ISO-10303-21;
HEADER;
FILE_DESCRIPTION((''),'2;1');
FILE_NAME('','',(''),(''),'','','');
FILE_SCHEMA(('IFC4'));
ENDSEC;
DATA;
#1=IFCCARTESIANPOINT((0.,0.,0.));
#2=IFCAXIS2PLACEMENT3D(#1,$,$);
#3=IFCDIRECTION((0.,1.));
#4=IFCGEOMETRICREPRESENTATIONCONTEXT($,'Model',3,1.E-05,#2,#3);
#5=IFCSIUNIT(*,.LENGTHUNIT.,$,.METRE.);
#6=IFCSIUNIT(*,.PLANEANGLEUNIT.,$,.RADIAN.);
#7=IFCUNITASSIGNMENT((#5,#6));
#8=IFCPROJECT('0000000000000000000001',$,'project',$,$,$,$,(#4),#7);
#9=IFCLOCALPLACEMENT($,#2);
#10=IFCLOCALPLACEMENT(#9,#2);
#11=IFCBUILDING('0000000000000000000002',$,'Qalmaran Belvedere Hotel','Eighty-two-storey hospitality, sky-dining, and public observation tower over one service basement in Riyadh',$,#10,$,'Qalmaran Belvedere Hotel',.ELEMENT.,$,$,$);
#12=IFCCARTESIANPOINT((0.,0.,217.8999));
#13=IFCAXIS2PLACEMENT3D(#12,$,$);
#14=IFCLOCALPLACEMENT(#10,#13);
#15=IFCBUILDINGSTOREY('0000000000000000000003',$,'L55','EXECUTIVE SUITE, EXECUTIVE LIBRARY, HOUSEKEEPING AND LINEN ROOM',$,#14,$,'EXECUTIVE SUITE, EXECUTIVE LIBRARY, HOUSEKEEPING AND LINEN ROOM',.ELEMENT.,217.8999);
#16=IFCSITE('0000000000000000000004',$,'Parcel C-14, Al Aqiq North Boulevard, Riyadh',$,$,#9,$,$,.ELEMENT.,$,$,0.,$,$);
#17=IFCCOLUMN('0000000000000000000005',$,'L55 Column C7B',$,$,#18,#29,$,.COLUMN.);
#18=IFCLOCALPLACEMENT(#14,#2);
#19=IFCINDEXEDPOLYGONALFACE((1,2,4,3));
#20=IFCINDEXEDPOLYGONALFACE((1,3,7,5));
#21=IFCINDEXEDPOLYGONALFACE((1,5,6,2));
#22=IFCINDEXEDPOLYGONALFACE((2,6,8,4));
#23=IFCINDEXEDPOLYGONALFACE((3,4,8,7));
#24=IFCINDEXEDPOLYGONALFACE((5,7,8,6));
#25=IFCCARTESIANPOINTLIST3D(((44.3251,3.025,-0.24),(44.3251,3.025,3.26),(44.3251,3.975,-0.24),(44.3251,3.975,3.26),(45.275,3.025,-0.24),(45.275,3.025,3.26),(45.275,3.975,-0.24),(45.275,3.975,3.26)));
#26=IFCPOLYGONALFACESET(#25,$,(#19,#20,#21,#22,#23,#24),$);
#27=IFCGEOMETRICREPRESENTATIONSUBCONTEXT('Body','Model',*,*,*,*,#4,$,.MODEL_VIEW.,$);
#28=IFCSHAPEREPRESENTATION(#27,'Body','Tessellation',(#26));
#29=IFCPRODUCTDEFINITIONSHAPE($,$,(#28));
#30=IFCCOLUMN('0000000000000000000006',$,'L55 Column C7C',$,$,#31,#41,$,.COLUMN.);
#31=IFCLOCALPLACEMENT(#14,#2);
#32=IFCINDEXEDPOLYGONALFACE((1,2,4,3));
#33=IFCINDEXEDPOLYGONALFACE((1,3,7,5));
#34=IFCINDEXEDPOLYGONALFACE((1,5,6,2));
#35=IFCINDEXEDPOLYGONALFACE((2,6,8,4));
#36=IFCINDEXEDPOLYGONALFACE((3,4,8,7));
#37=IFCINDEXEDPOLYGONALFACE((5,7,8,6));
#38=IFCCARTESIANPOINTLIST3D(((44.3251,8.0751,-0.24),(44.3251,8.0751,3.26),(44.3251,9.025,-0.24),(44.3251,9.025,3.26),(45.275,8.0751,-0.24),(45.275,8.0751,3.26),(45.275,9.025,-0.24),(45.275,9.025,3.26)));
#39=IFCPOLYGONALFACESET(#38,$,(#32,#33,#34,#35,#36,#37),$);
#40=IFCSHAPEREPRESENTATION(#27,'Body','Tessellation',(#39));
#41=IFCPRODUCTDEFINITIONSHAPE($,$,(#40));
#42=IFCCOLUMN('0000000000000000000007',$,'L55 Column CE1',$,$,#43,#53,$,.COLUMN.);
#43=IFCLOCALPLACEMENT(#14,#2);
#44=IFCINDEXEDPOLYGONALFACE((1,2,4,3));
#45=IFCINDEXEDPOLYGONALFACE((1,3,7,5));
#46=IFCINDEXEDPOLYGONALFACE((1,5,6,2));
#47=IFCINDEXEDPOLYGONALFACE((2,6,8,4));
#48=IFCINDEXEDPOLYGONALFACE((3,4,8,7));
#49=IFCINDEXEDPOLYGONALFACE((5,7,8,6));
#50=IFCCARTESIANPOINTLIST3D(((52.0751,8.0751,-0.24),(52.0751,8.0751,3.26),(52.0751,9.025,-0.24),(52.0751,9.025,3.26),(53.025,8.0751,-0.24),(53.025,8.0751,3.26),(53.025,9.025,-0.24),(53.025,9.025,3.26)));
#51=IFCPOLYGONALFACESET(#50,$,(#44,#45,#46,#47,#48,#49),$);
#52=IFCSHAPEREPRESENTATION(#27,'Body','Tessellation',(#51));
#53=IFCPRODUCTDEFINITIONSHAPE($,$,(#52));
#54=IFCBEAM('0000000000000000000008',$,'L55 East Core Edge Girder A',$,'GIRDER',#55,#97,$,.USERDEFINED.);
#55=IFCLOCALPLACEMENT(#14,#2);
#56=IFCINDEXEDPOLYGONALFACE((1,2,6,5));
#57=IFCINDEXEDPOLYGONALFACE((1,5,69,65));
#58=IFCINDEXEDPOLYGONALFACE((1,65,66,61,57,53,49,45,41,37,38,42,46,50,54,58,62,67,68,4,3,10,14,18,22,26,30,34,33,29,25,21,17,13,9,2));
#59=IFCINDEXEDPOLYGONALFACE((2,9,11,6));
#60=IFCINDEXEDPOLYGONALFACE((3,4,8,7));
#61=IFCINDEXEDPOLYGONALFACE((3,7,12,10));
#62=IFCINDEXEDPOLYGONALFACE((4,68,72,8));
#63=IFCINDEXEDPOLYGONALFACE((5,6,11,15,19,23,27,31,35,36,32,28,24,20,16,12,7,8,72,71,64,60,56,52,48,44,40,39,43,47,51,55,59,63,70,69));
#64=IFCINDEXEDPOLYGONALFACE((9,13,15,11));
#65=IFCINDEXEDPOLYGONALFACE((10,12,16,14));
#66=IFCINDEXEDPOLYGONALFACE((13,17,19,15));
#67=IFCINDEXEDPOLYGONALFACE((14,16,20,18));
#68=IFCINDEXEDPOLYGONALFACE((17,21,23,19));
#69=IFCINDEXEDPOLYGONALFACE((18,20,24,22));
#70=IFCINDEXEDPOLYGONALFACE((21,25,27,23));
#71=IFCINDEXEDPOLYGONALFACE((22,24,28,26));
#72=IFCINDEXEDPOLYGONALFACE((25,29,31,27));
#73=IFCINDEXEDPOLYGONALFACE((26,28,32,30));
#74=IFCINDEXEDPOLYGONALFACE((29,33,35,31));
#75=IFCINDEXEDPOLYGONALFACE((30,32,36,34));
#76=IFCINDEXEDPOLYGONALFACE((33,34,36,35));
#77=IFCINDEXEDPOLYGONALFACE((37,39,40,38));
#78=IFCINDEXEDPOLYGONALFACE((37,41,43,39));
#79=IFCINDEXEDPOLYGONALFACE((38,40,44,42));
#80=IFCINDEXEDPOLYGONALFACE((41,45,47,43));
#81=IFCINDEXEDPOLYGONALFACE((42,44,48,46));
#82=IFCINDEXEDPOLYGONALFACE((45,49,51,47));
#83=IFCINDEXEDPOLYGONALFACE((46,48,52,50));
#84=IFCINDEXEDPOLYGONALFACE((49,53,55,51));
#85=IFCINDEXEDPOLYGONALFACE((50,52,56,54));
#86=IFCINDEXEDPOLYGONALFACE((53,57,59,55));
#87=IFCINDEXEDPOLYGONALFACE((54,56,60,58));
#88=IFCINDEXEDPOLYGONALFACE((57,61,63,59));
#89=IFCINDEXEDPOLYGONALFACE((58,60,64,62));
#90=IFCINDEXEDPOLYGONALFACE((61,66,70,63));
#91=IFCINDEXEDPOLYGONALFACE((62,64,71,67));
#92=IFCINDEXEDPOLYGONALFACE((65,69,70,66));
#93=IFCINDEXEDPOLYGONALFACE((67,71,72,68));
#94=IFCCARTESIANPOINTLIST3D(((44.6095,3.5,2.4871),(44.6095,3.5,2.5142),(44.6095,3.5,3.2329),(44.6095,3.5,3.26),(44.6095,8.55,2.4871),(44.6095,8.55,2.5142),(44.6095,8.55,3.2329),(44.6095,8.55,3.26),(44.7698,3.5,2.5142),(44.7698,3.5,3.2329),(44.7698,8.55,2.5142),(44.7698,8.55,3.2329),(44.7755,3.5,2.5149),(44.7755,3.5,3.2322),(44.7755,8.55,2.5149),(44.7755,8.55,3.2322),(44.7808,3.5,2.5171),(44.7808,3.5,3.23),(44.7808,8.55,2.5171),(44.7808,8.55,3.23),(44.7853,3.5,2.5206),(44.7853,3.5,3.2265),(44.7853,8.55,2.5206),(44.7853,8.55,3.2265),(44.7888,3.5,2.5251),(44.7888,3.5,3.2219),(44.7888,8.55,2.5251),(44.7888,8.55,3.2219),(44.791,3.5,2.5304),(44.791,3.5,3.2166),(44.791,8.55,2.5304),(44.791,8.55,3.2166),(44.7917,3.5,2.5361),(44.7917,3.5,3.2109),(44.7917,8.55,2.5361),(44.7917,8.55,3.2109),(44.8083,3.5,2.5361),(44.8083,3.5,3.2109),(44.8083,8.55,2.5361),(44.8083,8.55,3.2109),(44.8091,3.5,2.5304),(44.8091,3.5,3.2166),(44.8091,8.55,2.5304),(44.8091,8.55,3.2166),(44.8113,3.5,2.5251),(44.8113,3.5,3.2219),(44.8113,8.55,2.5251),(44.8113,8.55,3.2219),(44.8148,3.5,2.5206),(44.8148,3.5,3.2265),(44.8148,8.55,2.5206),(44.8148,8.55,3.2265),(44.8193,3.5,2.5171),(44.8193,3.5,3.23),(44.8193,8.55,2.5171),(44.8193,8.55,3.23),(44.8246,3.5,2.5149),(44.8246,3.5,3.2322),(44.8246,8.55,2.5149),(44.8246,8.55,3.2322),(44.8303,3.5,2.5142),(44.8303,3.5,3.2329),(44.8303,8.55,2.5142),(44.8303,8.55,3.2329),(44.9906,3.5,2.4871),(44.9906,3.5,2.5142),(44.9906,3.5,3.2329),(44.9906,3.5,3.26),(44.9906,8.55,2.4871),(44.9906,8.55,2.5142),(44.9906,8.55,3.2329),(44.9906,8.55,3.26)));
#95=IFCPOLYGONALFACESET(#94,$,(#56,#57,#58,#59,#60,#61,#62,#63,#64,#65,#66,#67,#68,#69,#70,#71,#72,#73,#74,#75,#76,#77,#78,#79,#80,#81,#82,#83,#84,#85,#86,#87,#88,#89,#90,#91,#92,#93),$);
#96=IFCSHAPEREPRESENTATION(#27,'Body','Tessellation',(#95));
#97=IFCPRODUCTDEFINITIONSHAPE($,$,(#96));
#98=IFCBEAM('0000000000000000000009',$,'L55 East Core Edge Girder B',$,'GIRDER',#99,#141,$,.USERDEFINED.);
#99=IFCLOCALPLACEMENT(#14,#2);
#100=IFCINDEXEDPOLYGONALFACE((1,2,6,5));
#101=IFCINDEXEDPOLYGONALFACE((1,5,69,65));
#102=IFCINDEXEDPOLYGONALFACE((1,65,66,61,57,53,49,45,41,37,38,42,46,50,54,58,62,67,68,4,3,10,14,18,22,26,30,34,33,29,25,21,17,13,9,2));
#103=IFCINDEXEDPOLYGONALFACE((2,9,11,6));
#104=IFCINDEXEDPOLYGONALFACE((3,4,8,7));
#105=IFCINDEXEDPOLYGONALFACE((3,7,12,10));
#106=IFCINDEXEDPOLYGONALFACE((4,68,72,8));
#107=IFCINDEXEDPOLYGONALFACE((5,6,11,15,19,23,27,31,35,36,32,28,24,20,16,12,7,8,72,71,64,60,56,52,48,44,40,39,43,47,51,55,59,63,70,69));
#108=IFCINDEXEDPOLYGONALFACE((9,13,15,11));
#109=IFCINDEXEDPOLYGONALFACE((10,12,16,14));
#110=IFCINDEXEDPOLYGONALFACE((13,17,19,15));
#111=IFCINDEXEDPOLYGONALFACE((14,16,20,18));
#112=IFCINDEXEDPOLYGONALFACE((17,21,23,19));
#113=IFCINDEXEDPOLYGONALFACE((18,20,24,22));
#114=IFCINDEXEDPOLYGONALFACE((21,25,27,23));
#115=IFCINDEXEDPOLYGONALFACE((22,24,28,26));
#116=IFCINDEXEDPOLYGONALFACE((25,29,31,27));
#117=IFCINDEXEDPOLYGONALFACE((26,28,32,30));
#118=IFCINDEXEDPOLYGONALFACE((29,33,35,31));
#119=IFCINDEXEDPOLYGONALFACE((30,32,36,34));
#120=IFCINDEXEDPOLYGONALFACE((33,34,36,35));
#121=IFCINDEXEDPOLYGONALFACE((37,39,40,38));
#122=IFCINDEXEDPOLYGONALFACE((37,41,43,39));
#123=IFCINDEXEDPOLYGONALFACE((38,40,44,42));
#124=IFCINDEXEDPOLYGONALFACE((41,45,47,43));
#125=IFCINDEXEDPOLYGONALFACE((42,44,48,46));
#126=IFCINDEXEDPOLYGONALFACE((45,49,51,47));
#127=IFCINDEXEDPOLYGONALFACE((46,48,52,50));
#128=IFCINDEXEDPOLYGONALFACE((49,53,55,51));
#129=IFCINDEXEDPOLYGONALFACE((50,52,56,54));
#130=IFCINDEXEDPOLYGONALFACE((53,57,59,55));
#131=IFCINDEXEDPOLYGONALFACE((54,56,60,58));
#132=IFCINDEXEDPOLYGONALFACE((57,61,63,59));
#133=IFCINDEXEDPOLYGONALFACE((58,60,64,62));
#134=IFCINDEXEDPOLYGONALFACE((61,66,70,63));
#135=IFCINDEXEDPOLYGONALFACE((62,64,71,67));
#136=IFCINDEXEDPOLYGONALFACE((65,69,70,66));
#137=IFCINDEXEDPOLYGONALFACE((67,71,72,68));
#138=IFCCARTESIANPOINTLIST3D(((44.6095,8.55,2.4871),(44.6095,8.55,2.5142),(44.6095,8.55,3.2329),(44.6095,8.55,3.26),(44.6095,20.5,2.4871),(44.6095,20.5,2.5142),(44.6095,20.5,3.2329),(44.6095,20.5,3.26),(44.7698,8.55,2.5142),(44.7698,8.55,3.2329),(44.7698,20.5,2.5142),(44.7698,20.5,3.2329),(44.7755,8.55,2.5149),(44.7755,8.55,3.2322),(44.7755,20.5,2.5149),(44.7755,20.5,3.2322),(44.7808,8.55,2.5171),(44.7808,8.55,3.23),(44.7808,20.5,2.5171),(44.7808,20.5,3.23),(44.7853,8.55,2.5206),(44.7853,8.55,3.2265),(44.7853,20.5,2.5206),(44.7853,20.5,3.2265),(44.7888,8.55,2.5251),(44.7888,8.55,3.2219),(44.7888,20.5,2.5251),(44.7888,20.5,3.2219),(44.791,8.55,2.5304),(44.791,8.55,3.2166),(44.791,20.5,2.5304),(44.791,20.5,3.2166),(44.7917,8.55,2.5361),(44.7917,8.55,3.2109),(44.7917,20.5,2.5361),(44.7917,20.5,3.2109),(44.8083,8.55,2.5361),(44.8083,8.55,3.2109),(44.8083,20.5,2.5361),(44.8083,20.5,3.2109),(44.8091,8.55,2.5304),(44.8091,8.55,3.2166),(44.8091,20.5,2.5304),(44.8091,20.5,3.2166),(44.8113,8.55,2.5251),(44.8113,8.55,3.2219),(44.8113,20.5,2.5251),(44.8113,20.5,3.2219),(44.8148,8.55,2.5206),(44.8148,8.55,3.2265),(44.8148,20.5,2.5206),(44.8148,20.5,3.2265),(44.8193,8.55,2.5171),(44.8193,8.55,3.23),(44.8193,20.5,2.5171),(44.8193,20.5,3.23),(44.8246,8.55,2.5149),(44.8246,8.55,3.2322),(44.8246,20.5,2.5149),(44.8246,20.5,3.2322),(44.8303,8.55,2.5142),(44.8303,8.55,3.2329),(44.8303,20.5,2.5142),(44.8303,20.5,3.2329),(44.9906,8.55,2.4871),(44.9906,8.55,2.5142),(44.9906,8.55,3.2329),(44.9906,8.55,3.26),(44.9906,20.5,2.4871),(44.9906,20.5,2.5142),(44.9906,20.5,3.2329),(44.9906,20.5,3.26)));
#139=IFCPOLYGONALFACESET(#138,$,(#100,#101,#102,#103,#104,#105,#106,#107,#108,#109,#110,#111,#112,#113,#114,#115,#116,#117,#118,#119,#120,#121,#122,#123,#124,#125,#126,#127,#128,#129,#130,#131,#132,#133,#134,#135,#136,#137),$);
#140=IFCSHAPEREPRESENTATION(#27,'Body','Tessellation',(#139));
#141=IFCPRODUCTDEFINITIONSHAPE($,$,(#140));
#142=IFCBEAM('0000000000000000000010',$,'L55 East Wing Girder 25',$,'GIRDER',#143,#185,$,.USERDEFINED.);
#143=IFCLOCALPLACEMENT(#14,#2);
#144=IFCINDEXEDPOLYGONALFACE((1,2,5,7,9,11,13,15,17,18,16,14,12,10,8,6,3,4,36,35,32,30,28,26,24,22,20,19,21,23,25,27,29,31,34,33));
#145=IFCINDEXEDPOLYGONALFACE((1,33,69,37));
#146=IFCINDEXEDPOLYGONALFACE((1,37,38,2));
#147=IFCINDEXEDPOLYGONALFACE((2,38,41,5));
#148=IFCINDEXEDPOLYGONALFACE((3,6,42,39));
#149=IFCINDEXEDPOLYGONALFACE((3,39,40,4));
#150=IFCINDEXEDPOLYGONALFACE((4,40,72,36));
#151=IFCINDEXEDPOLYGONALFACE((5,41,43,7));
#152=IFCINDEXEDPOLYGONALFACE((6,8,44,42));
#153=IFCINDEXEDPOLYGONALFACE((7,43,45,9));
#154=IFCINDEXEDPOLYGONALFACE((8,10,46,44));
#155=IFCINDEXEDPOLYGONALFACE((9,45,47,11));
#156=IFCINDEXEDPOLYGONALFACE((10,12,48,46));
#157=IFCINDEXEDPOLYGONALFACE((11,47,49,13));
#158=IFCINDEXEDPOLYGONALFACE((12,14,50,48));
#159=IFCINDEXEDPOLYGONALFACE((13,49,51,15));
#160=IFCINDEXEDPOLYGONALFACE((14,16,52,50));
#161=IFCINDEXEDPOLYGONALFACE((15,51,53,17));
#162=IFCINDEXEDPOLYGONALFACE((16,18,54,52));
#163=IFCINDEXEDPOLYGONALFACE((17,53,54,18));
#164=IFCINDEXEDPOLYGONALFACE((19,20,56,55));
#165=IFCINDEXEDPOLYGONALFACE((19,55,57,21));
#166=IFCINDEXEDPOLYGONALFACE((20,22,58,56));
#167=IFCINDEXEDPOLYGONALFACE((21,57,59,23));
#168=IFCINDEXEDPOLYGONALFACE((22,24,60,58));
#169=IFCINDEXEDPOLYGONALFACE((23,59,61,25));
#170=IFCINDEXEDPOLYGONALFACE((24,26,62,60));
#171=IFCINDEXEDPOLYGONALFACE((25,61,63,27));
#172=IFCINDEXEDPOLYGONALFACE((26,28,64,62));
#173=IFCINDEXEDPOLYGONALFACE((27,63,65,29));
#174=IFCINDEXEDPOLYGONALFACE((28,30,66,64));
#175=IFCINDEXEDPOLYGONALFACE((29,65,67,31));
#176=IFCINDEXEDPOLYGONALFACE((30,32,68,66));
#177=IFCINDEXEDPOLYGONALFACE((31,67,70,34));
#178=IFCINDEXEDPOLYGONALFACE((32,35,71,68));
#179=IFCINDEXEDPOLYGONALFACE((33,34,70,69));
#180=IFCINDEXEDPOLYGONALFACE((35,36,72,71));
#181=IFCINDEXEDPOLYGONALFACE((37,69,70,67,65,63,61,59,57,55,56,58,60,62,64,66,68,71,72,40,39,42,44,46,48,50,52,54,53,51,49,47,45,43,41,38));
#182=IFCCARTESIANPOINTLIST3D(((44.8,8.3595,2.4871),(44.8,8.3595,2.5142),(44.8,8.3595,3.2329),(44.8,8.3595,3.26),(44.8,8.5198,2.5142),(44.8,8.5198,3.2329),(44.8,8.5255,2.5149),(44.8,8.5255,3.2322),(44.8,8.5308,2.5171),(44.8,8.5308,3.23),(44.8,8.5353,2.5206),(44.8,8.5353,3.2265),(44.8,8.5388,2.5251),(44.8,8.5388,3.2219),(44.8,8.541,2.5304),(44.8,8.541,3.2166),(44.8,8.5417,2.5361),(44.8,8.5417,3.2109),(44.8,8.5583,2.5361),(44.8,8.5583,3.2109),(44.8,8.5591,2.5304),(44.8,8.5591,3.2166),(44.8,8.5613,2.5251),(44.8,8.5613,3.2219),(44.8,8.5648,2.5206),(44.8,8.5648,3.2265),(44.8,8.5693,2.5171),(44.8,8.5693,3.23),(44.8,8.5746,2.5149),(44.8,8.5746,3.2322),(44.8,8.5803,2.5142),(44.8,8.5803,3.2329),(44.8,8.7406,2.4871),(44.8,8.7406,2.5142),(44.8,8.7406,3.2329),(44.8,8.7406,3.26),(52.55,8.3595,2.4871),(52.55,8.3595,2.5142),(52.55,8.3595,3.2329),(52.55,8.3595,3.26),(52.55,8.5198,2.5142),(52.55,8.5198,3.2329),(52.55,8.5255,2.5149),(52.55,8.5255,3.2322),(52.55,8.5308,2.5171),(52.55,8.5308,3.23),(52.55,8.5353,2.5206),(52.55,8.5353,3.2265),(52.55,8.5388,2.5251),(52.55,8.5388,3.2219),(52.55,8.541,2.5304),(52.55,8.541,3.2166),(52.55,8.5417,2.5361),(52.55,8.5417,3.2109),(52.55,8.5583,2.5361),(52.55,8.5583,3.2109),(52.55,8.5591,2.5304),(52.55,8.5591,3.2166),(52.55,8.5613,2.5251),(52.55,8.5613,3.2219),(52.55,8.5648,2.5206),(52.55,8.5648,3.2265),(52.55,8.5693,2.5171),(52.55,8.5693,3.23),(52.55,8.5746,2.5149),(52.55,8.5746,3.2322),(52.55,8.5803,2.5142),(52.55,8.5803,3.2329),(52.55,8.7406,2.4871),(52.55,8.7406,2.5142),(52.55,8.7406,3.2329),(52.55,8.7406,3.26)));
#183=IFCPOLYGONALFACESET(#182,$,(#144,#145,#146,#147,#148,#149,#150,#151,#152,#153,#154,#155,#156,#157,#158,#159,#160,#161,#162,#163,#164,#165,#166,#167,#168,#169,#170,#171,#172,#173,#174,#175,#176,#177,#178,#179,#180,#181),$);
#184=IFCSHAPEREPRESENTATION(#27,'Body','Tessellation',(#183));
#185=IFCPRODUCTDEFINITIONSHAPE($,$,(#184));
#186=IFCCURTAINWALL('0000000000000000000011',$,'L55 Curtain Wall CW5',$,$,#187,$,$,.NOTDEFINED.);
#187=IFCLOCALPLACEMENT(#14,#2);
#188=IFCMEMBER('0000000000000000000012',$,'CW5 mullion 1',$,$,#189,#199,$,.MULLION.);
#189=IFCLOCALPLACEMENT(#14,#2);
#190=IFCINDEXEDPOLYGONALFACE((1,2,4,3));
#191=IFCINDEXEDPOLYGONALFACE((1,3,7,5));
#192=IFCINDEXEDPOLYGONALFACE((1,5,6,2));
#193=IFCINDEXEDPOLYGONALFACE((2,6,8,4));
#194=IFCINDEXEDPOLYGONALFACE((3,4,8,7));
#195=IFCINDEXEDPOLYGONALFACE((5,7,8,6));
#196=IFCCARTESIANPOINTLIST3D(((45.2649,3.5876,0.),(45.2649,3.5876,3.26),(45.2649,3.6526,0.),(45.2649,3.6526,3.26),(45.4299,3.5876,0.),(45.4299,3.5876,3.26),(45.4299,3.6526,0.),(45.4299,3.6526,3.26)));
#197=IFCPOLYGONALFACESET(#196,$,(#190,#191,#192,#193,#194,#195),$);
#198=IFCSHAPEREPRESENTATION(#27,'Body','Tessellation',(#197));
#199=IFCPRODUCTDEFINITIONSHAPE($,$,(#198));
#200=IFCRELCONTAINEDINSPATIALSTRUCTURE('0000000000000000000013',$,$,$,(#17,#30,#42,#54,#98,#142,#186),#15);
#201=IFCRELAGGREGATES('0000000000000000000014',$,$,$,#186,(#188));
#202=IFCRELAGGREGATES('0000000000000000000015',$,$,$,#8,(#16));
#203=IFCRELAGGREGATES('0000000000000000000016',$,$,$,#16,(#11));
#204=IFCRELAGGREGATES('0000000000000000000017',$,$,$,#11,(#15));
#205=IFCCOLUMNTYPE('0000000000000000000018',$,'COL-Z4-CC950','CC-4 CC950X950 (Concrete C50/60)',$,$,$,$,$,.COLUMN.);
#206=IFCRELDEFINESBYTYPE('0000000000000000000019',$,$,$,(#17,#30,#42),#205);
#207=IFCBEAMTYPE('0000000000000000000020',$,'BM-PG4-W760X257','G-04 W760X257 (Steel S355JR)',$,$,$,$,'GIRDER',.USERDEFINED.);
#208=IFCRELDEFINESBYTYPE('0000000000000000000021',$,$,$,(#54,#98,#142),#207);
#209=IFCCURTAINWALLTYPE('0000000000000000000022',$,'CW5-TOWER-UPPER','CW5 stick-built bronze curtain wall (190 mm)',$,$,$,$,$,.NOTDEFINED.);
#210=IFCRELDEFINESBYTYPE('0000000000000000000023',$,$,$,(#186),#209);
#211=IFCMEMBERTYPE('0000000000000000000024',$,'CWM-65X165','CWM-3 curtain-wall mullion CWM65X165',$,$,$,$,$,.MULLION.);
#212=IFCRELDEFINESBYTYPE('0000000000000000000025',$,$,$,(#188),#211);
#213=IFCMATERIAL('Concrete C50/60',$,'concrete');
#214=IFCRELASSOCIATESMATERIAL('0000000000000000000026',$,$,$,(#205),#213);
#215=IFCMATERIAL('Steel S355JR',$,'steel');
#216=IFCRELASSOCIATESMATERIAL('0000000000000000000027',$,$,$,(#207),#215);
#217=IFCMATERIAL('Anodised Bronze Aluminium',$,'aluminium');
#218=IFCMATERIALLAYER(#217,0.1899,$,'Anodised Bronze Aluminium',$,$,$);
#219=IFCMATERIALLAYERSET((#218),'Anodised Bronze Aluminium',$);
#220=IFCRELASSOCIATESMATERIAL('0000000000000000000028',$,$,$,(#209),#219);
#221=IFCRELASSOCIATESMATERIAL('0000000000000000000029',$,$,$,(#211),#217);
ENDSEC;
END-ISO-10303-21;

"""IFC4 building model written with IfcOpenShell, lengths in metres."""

from ifc_helpers import new_model, si_unit, direction, frame, origin, origin_2d, place, context, subcontext, project, spatial, rectangle, i_section, extrude, material, layer, layer_set, material_profile, profile_set, type_object, element, aggregate, save


model = new_model("IFC4")

# Units and contexts
model_context = context("Model", 3, precision=1e-05, world=origin(), true_north=direction((0.0, 1.0)))
body_context = subcontext(model_context, "Body", "Model", "MODEL_VIEW")
ifc_project = project(units=[si_unit("LENGTHUNIT", "METRE"), si_unit("PLANEANGLEUNIT", "RADIAN")], contexts=[model_context])

# Site, building, storey
site_placement = place(None, origin())
site = spatial("IfcSite", under=ifc_project, at=site_placement, Name="Parcel C-14, Al Aqiq North Boulevard, Riyadh", CompositionType="ELEMENT", RefElevation=0.0)
building_placement = place(site_placement, origin())
building = spatial("IfcBuilding", under=site, at=building_placement, Name="Qalmaran Belvedere Hotel", Description="Eighty-two-storey hospitality, sky-dining, and public observation tower over one service basement in Riyadh", LongName="Qalmaran Belvedere Hotel", CompositionType="ELEMENT")
storey_placement = place(building_placement, frame((0.0, 0.0, 217.8999)))
storey = spatial("IfcBuildingStorey", under=building, at=storey_placement, Name="L55", Description="EXECUTIVE SUITE, EXECUTIVE LIBRARY, HOUSEKEEPING AND LINEN ROOM", LongName="EXECUTIVE SUITE, EXECUTIVE LIBRARY, HOUSEKEEPING AND LINEN ROOM", CompositionType="ELEMENT", Elevation=217.8999)

# Columns
ifc_material_1 = material(Name="Concrete C50/60", Category="concrete")
ifc_material_profile_1 = material_profile(ifc_material_1, rectangle(XDim=0.95, YDim=0.95, at=origin_2d()), Name="CC950X950")
ifc_profile_set_1 = profile_set([ifc_material_profile_1], Name="Concrete C50/60")
column_type = type_object("IfcColumnType", Name="COL-Z4-CC950", Description="CC-4 CC950X950 (Concrete C50/60)", PredefinedType="COLUMN", material=ifc_profile_set_1)
for number, where, z_axis, x_axis, name in (
    (1, (44.8, 3.5, -0.24), (0.0, 0.0, 1.0), (1.0, 0.0, 0.0), "L55 Column C7B"),
    (2, (44.8, 8.55, -0.24), (0.0, 0.0, 1.0), (1.0, 0.0, 0.0), "L55 Column C7C"),
    (3, (52.55, 8.55, -0.24), (0.0, 0.0, 1.0), (1.0, 0.0, 0.0), "L55 Column CE1"),
):
    element("IfcColumn", number, at=place(storey_placement, frame(where, z_axis=z_axis, x_axis=x_axis)), inside=storey, type_object=column_type, Name=name, PredefinedType="COLUMN", context=body_context, shape_type="SweptSolid", body=[
        extrude(rectangle(XDim=0.95, YDim=0.95, at=origin_2d()), origin(), (0.0, 0.0, 1.0), 3.5),
    ])

# Beams
ifc_material_2 = material(Name="Steel S355JR", Category="steel")
ifc_material_profile_2 = material_profile(ifc_material_2, i_section(OverallWidth=0.3811, OverallDepth=0.7729, WebThickness=0.0166, FlangeThickness=0.0271, FilletRadius=0.022, at=origin_2d()), Name="W760X257")
ifc_profile_set_2 = profile_set([ifc_material_profile_2], Name="Steel S355JR")
beam_type = type_object("IfcBeamType", Name="BM-PG4-W760X257", Description="G-04 W760X257 (Steel S355JR)", ElementType="GIRDER", PredefinedType="USERDEFINED", material=ifc_profile_set_2)
beam_1_placement = place(storey_placement, frame((44.8, 3.5, 2.8735), z_axis=(0.0, 1.0, 0.0), x_axis=(-1.0, 0.0, 0.0)))
element("IfcBeam", 4, at=beam_1_placement, inside=storey, type_object=beam_type, Name="L55 East Core Edge Girder A", ObjectType="GIRDER", PredefinedType="USERDEFINED", context=body_context, shape_type="SweptSolid", body=[
    extrude(i_section(OverallWidth=0.3811, OverallDepth=0.7729, WebThickness=0.0166, FlangeThickness=0.0271, FilletRadius=0.022, at=origin_2d()), origin(), (0.0, 0.0, 1.0), 5.05),
])
beam_2_placement = place(storey_placement, frame((44.8, 8.55, 2.8735), z_axis=(0.0, 1.0, 0.0), x_axis=(-1.0, 0.0, 0.0)))
element("IfcBeam", 5, at=beam_2_placement, inside=storey, type_object=beam_type, Name="L55 East Core Edge Girder B", ObjectType="GIRDER", PredefinedType="USERDEFINED", context=body_context, shape_type="SweptSolid", body=[
    extrude(i_section(OverallWidth=0.3811, OverallDepth=0.7729, WebThickness=0.0166, FlangeThickness=0.0271, FilletRadius=0.022, at=origin_2d()), origin(), (0.0, 0.0, 1.0), 11.95),
])
beam_3_placement = place(storey_placement, frame((44.8, 8.55, 2.8735), z_axis=(1.0, 0.0, 0.0), x_axis=(0.0, 1.0, 0.0)))
element("IfcBeam", 6, at=beam_3_placement, inside=storey, type_object=beam_type, Name="L55 East Wing Girder 25", ObjectType="GIRDER", PredefinedType="USERDEFINED", context=body_context, shape_type="SweptSolid", body=[
    extrude(i_section(OverallWidth=0.3811, OverallDepth=0.7729, WebThickness=0.0166, FlangeThickness=0.0271, FilletRadius=0.022, at=origin_2d()), origin(), (0.0, 0.0, 1.0), 7.75),
])

# Curtain wall, member
ifc_material_3 = material(Name="Anodised Bronze Aluminium", Category="aluminium")
ifc_layer_1 = layer(ifc_material_3, 0.1899, Name="Anodised Bronze Aluminium")
ifc_layer_set_1 = layer_set([ifc_layer_1], Name="Anodised Bronze Aluminium")
curtain_wall_type = type_object("IfcCurtainWallType", Name="CW5-TOWER-UPPER", Description="CW5 stick-built bronze curtain wall (190 mm)", PredefinedType="NOTDEFINED", material=ifc_layer_set_1)
curtain_wall_1_placement = place(storey_placement, origin())
curtain_wall_1 = element("IfcCurtainWall", 7, at=curtain_wall_1_placement, inside=storey, type_object=curtain_wall_type, Name="L55 Curtain Wall CW5", PredefinedType="NOTDEFINED")
ifc_material_profile_3 = material_profile(ifc_material_3, rectangle(XDim=0.0649, YDim=0.165, at=origin_2d()), Name="CWM65X165")
ifc_profile_set_3 = profile_set([ifc_material_profile_3], Name="Anodised Bronze Aluminium")
member_type_1 = type_object("IfcMemberType", Name="CWM-65X165", Description="CWM-3 curtain-wall mullion CWM65X165", PredefinedType="MULLION", material=ifc_profile_set_3)
member_1_placement = place(storey_placement, frame((45.3474, 3.6201, 0.0), z_axis=(0.0, 0.0, 1.0), x_axis=(0.0, 1.0, 0.0)))
member_1 = element("IfcMember", 8, at=member_1_placement, type_object=member_type_1, Name="CW5 mullion 1", PredefinedType="MULLION", context=body_context, shape_type="SweptSolid", body=[
    extrude(rectangle(XDim=0.0649, YDim=0.165, at=origin_2d()), origin(), (0.0, 0.0, 1.0), 3.26),
])

aggregate(curtain_wall_1, [member_1])

save(model, "model.ifc")
